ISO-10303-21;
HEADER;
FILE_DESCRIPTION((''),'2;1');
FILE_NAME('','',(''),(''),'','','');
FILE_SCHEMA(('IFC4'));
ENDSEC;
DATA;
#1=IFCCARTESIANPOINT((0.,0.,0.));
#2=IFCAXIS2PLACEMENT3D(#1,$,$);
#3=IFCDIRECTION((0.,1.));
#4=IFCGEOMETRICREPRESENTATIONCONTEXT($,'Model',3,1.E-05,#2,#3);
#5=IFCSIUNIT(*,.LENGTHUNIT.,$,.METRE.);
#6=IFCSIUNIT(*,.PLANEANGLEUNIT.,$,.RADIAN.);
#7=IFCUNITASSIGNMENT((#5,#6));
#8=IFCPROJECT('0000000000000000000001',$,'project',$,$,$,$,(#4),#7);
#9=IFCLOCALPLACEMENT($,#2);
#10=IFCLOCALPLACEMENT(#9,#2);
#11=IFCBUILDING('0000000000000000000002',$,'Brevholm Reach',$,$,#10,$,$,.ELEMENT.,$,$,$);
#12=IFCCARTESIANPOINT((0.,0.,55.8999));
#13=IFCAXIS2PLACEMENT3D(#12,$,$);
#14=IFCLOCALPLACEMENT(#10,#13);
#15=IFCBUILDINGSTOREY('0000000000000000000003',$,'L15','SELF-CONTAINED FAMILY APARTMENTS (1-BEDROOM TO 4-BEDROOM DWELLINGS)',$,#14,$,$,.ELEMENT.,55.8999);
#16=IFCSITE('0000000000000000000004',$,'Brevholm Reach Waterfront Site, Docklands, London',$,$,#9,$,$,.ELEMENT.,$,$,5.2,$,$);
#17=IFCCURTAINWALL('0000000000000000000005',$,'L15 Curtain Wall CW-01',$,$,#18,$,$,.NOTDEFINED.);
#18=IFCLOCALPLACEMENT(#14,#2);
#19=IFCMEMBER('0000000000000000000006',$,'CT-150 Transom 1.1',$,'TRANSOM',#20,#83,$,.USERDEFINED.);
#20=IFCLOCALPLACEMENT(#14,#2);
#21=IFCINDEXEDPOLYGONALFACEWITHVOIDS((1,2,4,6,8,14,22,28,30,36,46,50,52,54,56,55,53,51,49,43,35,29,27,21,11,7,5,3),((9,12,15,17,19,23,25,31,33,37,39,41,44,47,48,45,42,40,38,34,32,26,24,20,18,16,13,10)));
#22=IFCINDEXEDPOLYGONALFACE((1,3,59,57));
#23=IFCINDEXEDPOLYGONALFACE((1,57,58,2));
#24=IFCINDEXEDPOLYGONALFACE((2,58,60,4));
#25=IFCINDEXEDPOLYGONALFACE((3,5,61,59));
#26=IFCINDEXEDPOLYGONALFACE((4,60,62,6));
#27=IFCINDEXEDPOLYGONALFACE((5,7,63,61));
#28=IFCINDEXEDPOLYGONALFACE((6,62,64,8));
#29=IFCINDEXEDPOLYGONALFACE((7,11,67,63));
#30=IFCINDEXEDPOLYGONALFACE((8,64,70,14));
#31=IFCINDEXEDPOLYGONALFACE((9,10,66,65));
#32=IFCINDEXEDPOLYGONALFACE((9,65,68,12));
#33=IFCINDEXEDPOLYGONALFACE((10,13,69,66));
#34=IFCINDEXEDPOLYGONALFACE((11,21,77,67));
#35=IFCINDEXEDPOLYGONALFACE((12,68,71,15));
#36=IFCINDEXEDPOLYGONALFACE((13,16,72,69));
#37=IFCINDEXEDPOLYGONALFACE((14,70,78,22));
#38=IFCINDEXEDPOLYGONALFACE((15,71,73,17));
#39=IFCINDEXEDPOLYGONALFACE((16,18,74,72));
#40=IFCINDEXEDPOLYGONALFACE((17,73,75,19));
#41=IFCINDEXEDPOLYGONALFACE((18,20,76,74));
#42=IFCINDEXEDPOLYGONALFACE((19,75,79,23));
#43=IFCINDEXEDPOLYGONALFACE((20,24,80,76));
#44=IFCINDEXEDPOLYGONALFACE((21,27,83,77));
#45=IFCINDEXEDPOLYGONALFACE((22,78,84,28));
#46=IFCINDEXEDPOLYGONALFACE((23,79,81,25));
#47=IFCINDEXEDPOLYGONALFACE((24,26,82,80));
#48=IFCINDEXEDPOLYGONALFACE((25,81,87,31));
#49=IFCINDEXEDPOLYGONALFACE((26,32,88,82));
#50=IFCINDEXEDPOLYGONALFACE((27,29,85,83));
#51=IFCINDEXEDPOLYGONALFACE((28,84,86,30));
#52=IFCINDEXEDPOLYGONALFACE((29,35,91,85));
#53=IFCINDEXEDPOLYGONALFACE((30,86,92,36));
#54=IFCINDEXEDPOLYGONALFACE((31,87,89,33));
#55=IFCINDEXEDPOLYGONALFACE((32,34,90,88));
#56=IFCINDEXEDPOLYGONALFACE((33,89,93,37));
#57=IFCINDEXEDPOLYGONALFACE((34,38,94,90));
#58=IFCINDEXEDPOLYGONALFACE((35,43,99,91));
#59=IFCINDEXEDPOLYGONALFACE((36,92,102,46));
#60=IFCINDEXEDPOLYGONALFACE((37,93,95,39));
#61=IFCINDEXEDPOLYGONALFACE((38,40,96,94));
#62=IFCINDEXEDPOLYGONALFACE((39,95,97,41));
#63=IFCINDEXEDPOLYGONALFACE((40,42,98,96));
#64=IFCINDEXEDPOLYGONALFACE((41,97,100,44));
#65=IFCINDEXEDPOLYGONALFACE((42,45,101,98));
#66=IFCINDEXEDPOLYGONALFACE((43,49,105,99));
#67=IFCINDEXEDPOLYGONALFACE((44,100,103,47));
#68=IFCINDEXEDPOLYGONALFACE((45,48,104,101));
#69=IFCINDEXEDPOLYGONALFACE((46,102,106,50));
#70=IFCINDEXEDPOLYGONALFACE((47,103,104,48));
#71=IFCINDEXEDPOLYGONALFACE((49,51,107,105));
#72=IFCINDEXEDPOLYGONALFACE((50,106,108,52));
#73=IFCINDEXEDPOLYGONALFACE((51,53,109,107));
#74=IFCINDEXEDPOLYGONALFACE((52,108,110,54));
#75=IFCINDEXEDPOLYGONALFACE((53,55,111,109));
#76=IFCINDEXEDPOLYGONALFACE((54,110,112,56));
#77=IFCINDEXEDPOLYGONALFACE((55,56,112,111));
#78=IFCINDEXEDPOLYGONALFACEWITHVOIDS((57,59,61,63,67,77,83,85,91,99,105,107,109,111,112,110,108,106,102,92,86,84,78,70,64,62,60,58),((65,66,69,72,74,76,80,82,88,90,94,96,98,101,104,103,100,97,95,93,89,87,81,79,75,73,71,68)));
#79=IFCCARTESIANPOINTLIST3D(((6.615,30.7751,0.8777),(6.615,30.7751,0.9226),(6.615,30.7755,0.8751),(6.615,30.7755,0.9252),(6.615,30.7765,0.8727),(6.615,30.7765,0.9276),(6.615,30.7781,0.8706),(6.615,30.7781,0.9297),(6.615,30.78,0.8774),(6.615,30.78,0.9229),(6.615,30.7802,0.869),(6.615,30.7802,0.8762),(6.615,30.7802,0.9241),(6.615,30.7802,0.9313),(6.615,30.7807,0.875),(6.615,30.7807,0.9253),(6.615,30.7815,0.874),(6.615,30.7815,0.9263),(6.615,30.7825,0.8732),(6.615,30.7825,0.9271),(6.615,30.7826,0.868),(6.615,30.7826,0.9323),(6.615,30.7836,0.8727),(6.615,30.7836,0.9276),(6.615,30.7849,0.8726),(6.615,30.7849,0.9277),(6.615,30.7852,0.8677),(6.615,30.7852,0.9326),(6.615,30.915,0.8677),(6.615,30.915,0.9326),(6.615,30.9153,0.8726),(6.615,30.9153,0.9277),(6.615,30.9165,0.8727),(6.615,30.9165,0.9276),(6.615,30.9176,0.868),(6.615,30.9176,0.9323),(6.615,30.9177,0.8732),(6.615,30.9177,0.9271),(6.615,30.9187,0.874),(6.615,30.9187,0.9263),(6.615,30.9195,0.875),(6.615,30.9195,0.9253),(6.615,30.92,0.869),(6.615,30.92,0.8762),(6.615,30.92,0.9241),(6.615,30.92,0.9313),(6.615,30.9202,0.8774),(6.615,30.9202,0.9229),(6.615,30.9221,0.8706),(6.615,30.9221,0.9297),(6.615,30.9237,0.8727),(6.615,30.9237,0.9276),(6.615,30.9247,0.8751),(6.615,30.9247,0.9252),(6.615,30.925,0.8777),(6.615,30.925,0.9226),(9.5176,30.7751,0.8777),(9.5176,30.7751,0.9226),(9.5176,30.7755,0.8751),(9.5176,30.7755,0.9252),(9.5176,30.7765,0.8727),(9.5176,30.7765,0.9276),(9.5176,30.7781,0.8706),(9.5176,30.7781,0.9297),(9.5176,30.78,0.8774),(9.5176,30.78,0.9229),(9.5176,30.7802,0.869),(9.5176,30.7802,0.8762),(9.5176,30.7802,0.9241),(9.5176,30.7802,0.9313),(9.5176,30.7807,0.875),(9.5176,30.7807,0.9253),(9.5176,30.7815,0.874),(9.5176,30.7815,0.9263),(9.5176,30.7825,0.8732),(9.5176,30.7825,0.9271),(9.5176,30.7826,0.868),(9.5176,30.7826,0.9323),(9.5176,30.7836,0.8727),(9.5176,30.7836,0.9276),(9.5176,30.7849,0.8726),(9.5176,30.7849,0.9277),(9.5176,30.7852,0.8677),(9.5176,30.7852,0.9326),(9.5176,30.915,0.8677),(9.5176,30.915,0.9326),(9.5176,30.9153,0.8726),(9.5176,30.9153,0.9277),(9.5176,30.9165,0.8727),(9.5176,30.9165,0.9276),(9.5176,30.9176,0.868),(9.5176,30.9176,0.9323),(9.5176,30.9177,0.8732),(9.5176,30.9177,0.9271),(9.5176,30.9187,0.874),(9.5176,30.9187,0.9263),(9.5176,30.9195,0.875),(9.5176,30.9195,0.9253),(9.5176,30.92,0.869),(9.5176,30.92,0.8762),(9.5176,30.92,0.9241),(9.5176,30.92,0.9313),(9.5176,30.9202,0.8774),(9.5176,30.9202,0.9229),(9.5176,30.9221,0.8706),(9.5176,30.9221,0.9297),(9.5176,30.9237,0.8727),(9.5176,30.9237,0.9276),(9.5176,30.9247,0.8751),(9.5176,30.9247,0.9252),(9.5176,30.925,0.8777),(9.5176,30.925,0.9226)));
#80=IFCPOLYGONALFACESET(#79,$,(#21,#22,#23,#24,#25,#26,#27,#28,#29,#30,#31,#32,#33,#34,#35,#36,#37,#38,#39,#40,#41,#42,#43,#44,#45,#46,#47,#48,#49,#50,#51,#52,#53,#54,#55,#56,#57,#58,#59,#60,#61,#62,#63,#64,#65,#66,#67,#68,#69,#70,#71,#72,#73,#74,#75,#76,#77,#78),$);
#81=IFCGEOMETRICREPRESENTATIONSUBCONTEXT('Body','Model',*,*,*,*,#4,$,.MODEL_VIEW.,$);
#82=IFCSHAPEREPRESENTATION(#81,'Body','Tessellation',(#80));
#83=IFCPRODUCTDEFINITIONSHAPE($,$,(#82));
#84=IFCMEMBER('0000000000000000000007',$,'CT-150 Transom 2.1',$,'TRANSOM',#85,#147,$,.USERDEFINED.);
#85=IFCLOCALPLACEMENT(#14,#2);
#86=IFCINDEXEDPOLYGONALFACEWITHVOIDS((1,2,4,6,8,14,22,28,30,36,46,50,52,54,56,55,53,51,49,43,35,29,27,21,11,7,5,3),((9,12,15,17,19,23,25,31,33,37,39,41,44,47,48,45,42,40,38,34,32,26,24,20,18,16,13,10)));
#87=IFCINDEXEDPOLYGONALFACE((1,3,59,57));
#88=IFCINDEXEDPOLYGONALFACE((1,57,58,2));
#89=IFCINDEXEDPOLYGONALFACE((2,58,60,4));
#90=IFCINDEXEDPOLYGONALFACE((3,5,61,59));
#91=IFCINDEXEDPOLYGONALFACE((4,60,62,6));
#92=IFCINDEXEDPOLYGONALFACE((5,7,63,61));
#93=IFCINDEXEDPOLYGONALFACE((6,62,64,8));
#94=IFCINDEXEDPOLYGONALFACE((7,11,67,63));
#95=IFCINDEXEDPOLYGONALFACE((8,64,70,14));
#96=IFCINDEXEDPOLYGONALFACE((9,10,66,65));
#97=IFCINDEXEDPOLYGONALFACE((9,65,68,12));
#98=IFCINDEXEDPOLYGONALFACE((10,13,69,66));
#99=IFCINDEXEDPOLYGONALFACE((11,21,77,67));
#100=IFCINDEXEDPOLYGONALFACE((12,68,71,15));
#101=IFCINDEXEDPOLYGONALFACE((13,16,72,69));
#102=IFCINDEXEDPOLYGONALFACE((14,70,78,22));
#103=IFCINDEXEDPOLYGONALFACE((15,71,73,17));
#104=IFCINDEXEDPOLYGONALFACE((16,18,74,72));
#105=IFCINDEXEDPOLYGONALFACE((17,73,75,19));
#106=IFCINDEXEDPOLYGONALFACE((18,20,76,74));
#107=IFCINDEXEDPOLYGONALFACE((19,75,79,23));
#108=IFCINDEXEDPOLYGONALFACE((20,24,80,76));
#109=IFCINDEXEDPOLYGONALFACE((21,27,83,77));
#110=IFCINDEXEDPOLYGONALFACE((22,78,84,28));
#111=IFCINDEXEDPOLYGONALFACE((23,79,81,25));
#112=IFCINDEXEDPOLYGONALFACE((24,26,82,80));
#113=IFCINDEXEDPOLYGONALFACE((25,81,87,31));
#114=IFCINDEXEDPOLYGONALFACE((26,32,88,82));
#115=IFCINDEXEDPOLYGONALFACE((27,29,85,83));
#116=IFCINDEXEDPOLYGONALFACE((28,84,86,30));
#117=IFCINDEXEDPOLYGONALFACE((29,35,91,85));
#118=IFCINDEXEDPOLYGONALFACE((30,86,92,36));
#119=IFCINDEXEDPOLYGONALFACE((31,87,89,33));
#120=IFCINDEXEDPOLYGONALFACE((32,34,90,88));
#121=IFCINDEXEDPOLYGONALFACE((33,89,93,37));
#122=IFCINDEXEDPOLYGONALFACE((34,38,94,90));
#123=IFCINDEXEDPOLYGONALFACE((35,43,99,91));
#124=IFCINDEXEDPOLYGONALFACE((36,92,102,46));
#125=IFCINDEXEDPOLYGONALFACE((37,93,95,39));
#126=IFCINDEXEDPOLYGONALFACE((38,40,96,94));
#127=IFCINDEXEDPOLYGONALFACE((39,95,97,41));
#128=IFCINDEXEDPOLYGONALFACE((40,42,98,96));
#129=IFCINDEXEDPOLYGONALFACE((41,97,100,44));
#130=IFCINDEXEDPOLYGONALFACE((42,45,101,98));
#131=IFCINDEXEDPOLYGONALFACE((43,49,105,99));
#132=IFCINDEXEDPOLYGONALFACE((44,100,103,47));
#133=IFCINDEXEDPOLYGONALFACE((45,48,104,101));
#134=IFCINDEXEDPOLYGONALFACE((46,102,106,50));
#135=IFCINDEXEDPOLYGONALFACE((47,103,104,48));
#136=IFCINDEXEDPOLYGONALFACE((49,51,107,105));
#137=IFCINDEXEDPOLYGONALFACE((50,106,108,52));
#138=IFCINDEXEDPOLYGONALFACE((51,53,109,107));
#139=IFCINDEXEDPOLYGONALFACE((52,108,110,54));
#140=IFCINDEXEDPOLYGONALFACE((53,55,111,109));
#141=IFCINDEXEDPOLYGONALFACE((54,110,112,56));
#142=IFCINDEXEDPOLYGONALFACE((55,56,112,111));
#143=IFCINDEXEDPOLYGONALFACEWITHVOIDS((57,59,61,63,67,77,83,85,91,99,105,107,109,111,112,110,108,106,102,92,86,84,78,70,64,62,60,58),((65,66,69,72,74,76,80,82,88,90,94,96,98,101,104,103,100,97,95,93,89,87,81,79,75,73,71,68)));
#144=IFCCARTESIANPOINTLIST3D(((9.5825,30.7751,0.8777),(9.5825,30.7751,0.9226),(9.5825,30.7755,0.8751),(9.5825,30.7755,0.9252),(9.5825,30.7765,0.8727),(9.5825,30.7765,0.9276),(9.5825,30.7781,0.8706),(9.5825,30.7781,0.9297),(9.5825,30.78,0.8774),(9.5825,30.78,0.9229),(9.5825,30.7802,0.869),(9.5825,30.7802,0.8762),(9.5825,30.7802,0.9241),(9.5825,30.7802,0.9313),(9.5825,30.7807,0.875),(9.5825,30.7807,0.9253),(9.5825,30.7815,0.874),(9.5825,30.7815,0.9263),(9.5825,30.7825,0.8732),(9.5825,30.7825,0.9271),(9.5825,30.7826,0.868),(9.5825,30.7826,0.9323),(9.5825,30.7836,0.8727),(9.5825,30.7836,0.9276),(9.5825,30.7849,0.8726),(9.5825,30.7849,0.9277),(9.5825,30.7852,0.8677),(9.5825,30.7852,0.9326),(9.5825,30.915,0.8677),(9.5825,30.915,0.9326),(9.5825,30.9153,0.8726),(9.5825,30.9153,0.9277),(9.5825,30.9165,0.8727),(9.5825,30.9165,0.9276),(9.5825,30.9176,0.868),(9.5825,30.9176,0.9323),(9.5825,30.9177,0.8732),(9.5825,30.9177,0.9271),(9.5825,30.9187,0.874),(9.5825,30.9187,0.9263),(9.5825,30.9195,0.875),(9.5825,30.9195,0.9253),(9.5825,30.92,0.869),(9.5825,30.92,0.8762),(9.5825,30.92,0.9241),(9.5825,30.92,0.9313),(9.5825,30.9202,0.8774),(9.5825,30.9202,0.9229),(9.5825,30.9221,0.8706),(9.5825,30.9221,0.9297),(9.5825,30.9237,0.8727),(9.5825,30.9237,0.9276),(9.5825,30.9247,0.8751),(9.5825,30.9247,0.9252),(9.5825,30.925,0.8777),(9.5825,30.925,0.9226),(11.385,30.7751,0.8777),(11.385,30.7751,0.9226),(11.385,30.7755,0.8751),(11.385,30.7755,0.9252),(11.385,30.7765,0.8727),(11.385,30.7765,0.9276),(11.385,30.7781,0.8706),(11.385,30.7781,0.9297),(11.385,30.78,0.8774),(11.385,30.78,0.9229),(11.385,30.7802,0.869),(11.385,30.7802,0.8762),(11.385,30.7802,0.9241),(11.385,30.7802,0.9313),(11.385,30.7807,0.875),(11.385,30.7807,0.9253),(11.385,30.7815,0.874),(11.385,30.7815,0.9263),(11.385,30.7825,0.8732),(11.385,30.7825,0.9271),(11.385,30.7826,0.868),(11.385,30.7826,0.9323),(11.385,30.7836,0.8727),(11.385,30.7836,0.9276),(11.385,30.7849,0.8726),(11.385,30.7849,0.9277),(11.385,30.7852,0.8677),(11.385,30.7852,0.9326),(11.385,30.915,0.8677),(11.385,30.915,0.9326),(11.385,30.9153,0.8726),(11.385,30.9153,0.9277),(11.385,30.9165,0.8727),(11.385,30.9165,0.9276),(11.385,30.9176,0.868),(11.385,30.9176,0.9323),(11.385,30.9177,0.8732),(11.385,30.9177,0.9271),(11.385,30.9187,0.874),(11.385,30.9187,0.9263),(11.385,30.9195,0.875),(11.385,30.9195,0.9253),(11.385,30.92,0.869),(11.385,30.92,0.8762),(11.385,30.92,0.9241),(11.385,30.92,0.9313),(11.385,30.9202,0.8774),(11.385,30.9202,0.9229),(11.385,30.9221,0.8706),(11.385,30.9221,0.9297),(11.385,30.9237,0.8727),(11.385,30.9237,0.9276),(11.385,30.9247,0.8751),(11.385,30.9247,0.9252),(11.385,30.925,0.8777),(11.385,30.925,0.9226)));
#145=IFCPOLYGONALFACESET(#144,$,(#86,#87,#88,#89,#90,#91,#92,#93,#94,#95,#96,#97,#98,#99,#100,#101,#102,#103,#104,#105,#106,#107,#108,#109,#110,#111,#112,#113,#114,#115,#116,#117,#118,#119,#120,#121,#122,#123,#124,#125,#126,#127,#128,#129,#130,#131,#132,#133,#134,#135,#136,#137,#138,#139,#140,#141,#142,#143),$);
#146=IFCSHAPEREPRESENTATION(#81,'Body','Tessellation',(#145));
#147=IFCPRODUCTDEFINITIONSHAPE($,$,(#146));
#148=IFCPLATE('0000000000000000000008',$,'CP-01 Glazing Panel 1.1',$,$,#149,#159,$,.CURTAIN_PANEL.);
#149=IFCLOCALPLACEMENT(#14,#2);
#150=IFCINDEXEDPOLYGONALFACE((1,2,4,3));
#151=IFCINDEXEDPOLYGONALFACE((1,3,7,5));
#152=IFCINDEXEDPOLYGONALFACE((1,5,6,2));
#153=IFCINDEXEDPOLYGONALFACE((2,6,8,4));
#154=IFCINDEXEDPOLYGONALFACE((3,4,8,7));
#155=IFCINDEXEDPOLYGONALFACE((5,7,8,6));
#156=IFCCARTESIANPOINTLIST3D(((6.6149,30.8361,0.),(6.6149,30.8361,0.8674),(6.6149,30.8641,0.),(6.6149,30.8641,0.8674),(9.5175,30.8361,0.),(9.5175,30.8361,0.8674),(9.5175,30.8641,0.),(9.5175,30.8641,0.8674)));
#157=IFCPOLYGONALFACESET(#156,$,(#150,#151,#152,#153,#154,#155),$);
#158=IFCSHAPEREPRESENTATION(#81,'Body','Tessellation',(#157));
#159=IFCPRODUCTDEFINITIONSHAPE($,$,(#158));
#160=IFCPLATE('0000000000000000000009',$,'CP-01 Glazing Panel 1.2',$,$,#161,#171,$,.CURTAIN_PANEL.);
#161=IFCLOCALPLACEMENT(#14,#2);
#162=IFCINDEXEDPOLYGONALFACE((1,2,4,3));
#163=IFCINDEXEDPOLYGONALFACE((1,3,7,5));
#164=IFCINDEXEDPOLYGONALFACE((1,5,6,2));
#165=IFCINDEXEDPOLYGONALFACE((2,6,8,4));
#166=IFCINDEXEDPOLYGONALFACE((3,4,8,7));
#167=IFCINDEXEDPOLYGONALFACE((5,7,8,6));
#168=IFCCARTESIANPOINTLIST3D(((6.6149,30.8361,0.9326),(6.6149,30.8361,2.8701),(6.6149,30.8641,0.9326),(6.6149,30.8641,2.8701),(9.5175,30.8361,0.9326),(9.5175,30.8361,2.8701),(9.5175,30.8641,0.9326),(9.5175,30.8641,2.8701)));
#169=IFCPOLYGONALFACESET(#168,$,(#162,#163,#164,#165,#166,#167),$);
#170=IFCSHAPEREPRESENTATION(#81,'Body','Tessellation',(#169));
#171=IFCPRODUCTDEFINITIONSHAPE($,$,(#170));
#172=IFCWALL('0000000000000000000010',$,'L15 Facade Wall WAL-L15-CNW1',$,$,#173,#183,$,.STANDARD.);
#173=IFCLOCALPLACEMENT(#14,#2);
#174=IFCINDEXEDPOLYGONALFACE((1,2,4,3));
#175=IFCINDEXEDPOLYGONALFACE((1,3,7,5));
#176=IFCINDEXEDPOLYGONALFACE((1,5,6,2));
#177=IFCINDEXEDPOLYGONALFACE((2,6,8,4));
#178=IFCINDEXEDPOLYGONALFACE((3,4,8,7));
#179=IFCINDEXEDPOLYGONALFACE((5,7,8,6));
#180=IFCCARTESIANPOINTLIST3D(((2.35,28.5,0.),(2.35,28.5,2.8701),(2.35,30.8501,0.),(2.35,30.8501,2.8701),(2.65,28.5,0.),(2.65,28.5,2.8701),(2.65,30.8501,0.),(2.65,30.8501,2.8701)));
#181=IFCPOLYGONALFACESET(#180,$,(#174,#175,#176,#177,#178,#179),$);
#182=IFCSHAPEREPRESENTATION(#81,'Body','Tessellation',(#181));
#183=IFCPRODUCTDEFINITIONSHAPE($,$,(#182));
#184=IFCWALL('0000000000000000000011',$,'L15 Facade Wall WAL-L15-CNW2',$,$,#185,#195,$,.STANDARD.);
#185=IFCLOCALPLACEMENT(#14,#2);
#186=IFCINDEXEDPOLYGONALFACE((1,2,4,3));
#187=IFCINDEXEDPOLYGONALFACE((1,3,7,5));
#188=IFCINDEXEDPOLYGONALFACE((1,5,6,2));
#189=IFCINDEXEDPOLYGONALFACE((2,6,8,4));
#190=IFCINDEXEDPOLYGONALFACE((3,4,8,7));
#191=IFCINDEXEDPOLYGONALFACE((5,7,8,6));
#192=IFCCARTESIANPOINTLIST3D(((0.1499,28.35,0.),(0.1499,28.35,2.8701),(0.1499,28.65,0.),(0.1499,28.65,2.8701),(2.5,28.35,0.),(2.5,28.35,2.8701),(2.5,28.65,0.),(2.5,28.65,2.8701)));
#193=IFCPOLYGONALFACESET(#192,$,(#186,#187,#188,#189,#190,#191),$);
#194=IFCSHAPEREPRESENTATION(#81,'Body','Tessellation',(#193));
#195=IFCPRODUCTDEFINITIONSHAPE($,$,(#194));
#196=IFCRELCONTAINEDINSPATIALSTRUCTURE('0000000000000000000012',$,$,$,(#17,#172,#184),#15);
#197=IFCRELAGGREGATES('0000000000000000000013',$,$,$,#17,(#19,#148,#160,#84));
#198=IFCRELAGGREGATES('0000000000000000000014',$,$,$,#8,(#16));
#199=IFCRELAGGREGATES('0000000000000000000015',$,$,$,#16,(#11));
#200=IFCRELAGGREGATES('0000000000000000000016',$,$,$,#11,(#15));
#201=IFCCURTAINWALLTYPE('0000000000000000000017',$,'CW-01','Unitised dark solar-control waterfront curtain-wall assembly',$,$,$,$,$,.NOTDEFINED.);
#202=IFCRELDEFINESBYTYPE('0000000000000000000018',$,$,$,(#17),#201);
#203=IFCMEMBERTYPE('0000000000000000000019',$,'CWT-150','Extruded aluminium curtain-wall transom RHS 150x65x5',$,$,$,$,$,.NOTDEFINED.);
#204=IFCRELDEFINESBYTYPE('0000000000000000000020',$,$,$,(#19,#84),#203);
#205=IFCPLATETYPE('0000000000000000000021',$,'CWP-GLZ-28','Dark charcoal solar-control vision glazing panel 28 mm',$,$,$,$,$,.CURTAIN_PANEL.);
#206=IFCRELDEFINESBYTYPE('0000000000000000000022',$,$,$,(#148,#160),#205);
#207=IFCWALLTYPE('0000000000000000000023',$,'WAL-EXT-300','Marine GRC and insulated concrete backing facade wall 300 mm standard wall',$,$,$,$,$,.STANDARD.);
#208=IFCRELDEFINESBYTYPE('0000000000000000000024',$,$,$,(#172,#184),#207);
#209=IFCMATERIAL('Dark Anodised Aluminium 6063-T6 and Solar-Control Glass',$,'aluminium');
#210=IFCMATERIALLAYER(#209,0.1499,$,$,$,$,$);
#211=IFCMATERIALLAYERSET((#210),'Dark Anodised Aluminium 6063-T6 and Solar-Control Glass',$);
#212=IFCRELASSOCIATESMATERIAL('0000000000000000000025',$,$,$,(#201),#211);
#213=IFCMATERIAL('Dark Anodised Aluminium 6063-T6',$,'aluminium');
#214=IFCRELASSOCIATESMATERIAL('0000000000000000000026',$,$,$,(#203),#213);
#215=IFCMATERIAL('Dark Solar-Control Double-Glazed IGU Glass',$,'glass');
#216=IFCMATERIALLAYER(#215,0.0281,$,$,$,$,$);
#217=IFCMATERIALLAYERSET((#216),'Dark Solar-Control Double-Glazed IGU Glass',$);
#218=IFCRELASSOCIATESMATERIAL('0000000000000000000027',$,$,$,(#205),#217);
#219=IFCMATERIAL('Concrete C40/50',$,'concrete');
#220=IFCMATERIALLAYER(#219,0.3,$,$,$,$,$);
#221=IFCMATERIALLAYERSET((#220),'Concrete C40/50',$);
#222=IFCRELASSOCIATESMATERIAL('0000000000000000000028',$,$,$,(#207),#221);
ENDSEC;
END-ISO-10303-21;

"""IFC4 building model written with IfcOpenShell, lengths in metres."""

from ifc_helpers import new_model, si_unit, direction, frame, frame_2d, origin, origin_2d, place, context, subcontext, project, spatial, rectangle, hollow_rectangle, extrude, material, layer, layer_set, material_profile, profile_set, type_object, element, aggregate, save


model = new_model("IFC4")

# Units and contexts
model_context = context("Model", 3, precision=1e-05, world=origin(), true_north=direction((0.0, 1.0)))
body_context = subcontext(model_context, "Body", "Model", "MODEL_VIEW")
ifc_project = project(units=[si_unit("LENGTHUNIT", "METRE"), si_unit("PLANEANGLEUNIT", "RADIAN")], contexts=[model_context])

# Site, building, storey
site_placement = place(None, origin())
site = spatial("IfcSite", under=ifc_project, at=site_placement, Name="Brevholm Reach Waterfront Site, Docklands, London", CompositionType="ELEMENT", RefElevation=5.2)
building_placement = place(site_placement, origin())
building = spatial("IfcBuilding", under=site, at=building_placement, Name="Brevholm Reach", CompositionType="ELEMENT")
storey_placement = place(building_placement, frame((0.0, 0.0, 55.8999)))
storey = spatial("IfcBuildingStorey", under=building, at=storey_placement, Name="L15", Description="SELF-CONTAINED FAMILY APARTMENTS (1-BEDROOM TO 4-BEDROOM DWELLINGS)", CompositionType="ELEMENT", Elevation=55.8999)

# Curtain wall, members, plates
ifc_material_1 = material(Name="Dark Anodised Aluminium 6063-T6 and Solar-Control Glass", Category="aluminium")
ifc_layer_1 = layer(ifc_material_1, 0.1499)
ifc_layer_set_1 = layer_set([ifc_layer_1], Name="Dark Anodised Aluminium 6063-T6 and Solar-Control Glass")
curtain_wall_type = type_object("IfcCurtainWallType", Name="CW-01", Description="Unitised dark solar-control waterfront curtain-wall assembly", PredefinedType="NOTDEFINED", material=ifc_layer_set_1)
curtain_wall_placement = place(storey_placement, origin())
curtain_wall = element("IfcCurtainWall", 1, at=curtain_wall_placement, inside=storey, type_object=curtain_wall_type, Name="L15 Curtain Wall CW-01", PredefinedType="NOTDEFINED")
ifc_material_2 = material(Name="Dark Anodised Aluminium 6063-T6", Category="aluminium")
ifc_material_profile_1 = material_profile(ifc_material_2, hollow_rectangle(XDim=0.0649, YDim=0.1499, WallThickness=0.0049, InnerFilletRadius=0.0049, OuterFilletRadius=0.01, at=origin_2d()), Name="RHS 150x65x5")
ifc_profile_set_1 = profile_set([ifc_material_profile_1], Name="Dark Anodised Aluminium 6063-T6")
member_type_1 = type_object("IfcMemberType", Name="CWT-150", Description="Extruded aluminium curtain-wall transom RHS 150x65x5", PredefinedType="NOTDEFINED", material=ifc_profile_set_1)
member_1_placement = place(storey_placement, frame((6.615, 30.8501, 0.9001), z_axis=(1.0, 0.0, 0.0), x_axis=(0.0, 0.0, 1.0)))
member_1 = element("IfcMember", 2, at=member_1_placement, type_object=member_type_1, Name="CT-150 Transom 1.1", ObjectType="TRANSOM", PredefinedType="USERDEFINED", context=body_context, shape_type="SweptSolid", body=[
    extrude(hollow_rectangle(XDim=0.0649, YDim=0.1499, WallThickness=0.0049, InnerFilletRadius=0.0049, OuterFilletRadius=0.01, at=origin_2d()), origin(), (0.0, 0.0, 1.0), 2.9026),
])
member_2_placement = place(storey_placement, frame((9.5825, 30.8501, 0.9001), z_axis=(1.0, 0.0, 0.0), x_axis=(0.0, 0.0, 1.0)))
member_2 = element("IfcMember", 3, at=member_2_placement, type_object=member_type_1, Name="CT-150 Transom 2.1", ObjectType="TRANSOM", PredefinedType="USERDEFINED", context=body_context, shape_type="SweptSolid", body=[
    extrude(hollow_rectangle(XDim=0.0649, YDim=0.1499, WallThickness=0.0049, InnerFilletRadius=0.0049, OuterFilletRadius=0.01, at=origin_2d()), origin(), (0.0, 0.0, 1.0), 1.8025),
])
ifc_material_3 = material(Name="Dark Solar-Control Double-Glazed IGU Glass", Category="glass")
ifc_layer_2 = layer(ifc_material_3, 0.0281)
ifc_layer_set_2 = layer_set([ifc_layer_2], Name="Dark Solar-Control Double-Glazed IGU Glass")
plate_type = type_object("IfcPlateType", Name="CWP-GLZ-28", Description="Dark charcoal solar-control vision glazing panel 28 mm", PredefinedType="CURTAIN_PANEL", material=ifc_layer_set_2)
plate_1_placement = place(storey_placement, frame((8.0662, 30.8501, 0.0), z_axis=(0.0, 0.0, 1.0), x_axis=(1.0, 0.0, 0.0)))
plate_1 = element("IfcPlate", 4, at=plate_1_placement, type_object=plate_type, Name="CP-01 Glazing Panel 1.1", PredefinedType="CURTAIN_PANEL", context=body_context, shape_type="SweptSolid", body=[
    extrude(rectangle(XDim=2.9026, YDim=0.0281, at=origin_2d()), origin(), (0.0, 0.0, 1.0), 0.8674),
])
plate_2_placement = place(storey_placement, frame((8.0662, 30.8501, 0.9326), z_axis=(0.0, 0.0, 1.0), x_axis=(1.0, 0.0, 0.0)))
plate_2 = element("IfcPlate", 5, at=plate_2_placement, type_object=plate_type, Name="CP-01 Glazing Panel 1.2", PredefinedType="CURTAIN_PANEL", context=body_context, shape_type="SweptSolid", body=[
    extrude(rectangle(XDim=2.9026, YDim=0.0281, at=origin_2d()), origin(), (0.0, 0.0, 1.0), 1.9375),
])
aggregate(curtain_wall, [member_1, plate_1, plate_2, member_2])

# Walls
ifc_material_4 = material(Name="Concrete C40/50", Category="concrete")
ifc_layer_3 = layer(ifc_material_4, 0.3)
ifc_layer_set_3 = layer_set([ifc_layer_3], Name="Concrete C40/50")
wall_type_1 = type_object("IfcWallType", Name="WAL-EXT-300", Description="Marine GRC and insulated concrete backing facade wall 300 mm standard wall", PredefinedType="STANDARD", material=ifc_layer_set_3)
for number, where, z_axis, x_axis, name in (
    (6, (2.5, 30.8501, 0.0), (0.0, 0.0, 1.0), (0.0, -1.0, 0.0), "L15 Facade Wall WAL-L15-CNW1"),
    (7, (2.5, 28.5, 0.0), (0.0, 0.0, 1.0), (-1.0, 0.0, 0.0), "L15 Facade Wall WAL-L15-CNW2"),
):
    element("IfcWall", number, at=place(storey_placement, frame(where, z_axis=z_axis, x_axis=x_axis)), inside=storey, type_object=wall_type_1, Name=name, PredefinedType="STANDARD", context=body_context, shape_type="SweptSolid", body=[
        extrude(rectangle(XDim=2.3501, YDim=0.3, at=frame_2d((1.175, 0.0))), origin(), (0.0, 0.0, 1.0), 2.8701),
    ])

save(model, "model.ifc")
